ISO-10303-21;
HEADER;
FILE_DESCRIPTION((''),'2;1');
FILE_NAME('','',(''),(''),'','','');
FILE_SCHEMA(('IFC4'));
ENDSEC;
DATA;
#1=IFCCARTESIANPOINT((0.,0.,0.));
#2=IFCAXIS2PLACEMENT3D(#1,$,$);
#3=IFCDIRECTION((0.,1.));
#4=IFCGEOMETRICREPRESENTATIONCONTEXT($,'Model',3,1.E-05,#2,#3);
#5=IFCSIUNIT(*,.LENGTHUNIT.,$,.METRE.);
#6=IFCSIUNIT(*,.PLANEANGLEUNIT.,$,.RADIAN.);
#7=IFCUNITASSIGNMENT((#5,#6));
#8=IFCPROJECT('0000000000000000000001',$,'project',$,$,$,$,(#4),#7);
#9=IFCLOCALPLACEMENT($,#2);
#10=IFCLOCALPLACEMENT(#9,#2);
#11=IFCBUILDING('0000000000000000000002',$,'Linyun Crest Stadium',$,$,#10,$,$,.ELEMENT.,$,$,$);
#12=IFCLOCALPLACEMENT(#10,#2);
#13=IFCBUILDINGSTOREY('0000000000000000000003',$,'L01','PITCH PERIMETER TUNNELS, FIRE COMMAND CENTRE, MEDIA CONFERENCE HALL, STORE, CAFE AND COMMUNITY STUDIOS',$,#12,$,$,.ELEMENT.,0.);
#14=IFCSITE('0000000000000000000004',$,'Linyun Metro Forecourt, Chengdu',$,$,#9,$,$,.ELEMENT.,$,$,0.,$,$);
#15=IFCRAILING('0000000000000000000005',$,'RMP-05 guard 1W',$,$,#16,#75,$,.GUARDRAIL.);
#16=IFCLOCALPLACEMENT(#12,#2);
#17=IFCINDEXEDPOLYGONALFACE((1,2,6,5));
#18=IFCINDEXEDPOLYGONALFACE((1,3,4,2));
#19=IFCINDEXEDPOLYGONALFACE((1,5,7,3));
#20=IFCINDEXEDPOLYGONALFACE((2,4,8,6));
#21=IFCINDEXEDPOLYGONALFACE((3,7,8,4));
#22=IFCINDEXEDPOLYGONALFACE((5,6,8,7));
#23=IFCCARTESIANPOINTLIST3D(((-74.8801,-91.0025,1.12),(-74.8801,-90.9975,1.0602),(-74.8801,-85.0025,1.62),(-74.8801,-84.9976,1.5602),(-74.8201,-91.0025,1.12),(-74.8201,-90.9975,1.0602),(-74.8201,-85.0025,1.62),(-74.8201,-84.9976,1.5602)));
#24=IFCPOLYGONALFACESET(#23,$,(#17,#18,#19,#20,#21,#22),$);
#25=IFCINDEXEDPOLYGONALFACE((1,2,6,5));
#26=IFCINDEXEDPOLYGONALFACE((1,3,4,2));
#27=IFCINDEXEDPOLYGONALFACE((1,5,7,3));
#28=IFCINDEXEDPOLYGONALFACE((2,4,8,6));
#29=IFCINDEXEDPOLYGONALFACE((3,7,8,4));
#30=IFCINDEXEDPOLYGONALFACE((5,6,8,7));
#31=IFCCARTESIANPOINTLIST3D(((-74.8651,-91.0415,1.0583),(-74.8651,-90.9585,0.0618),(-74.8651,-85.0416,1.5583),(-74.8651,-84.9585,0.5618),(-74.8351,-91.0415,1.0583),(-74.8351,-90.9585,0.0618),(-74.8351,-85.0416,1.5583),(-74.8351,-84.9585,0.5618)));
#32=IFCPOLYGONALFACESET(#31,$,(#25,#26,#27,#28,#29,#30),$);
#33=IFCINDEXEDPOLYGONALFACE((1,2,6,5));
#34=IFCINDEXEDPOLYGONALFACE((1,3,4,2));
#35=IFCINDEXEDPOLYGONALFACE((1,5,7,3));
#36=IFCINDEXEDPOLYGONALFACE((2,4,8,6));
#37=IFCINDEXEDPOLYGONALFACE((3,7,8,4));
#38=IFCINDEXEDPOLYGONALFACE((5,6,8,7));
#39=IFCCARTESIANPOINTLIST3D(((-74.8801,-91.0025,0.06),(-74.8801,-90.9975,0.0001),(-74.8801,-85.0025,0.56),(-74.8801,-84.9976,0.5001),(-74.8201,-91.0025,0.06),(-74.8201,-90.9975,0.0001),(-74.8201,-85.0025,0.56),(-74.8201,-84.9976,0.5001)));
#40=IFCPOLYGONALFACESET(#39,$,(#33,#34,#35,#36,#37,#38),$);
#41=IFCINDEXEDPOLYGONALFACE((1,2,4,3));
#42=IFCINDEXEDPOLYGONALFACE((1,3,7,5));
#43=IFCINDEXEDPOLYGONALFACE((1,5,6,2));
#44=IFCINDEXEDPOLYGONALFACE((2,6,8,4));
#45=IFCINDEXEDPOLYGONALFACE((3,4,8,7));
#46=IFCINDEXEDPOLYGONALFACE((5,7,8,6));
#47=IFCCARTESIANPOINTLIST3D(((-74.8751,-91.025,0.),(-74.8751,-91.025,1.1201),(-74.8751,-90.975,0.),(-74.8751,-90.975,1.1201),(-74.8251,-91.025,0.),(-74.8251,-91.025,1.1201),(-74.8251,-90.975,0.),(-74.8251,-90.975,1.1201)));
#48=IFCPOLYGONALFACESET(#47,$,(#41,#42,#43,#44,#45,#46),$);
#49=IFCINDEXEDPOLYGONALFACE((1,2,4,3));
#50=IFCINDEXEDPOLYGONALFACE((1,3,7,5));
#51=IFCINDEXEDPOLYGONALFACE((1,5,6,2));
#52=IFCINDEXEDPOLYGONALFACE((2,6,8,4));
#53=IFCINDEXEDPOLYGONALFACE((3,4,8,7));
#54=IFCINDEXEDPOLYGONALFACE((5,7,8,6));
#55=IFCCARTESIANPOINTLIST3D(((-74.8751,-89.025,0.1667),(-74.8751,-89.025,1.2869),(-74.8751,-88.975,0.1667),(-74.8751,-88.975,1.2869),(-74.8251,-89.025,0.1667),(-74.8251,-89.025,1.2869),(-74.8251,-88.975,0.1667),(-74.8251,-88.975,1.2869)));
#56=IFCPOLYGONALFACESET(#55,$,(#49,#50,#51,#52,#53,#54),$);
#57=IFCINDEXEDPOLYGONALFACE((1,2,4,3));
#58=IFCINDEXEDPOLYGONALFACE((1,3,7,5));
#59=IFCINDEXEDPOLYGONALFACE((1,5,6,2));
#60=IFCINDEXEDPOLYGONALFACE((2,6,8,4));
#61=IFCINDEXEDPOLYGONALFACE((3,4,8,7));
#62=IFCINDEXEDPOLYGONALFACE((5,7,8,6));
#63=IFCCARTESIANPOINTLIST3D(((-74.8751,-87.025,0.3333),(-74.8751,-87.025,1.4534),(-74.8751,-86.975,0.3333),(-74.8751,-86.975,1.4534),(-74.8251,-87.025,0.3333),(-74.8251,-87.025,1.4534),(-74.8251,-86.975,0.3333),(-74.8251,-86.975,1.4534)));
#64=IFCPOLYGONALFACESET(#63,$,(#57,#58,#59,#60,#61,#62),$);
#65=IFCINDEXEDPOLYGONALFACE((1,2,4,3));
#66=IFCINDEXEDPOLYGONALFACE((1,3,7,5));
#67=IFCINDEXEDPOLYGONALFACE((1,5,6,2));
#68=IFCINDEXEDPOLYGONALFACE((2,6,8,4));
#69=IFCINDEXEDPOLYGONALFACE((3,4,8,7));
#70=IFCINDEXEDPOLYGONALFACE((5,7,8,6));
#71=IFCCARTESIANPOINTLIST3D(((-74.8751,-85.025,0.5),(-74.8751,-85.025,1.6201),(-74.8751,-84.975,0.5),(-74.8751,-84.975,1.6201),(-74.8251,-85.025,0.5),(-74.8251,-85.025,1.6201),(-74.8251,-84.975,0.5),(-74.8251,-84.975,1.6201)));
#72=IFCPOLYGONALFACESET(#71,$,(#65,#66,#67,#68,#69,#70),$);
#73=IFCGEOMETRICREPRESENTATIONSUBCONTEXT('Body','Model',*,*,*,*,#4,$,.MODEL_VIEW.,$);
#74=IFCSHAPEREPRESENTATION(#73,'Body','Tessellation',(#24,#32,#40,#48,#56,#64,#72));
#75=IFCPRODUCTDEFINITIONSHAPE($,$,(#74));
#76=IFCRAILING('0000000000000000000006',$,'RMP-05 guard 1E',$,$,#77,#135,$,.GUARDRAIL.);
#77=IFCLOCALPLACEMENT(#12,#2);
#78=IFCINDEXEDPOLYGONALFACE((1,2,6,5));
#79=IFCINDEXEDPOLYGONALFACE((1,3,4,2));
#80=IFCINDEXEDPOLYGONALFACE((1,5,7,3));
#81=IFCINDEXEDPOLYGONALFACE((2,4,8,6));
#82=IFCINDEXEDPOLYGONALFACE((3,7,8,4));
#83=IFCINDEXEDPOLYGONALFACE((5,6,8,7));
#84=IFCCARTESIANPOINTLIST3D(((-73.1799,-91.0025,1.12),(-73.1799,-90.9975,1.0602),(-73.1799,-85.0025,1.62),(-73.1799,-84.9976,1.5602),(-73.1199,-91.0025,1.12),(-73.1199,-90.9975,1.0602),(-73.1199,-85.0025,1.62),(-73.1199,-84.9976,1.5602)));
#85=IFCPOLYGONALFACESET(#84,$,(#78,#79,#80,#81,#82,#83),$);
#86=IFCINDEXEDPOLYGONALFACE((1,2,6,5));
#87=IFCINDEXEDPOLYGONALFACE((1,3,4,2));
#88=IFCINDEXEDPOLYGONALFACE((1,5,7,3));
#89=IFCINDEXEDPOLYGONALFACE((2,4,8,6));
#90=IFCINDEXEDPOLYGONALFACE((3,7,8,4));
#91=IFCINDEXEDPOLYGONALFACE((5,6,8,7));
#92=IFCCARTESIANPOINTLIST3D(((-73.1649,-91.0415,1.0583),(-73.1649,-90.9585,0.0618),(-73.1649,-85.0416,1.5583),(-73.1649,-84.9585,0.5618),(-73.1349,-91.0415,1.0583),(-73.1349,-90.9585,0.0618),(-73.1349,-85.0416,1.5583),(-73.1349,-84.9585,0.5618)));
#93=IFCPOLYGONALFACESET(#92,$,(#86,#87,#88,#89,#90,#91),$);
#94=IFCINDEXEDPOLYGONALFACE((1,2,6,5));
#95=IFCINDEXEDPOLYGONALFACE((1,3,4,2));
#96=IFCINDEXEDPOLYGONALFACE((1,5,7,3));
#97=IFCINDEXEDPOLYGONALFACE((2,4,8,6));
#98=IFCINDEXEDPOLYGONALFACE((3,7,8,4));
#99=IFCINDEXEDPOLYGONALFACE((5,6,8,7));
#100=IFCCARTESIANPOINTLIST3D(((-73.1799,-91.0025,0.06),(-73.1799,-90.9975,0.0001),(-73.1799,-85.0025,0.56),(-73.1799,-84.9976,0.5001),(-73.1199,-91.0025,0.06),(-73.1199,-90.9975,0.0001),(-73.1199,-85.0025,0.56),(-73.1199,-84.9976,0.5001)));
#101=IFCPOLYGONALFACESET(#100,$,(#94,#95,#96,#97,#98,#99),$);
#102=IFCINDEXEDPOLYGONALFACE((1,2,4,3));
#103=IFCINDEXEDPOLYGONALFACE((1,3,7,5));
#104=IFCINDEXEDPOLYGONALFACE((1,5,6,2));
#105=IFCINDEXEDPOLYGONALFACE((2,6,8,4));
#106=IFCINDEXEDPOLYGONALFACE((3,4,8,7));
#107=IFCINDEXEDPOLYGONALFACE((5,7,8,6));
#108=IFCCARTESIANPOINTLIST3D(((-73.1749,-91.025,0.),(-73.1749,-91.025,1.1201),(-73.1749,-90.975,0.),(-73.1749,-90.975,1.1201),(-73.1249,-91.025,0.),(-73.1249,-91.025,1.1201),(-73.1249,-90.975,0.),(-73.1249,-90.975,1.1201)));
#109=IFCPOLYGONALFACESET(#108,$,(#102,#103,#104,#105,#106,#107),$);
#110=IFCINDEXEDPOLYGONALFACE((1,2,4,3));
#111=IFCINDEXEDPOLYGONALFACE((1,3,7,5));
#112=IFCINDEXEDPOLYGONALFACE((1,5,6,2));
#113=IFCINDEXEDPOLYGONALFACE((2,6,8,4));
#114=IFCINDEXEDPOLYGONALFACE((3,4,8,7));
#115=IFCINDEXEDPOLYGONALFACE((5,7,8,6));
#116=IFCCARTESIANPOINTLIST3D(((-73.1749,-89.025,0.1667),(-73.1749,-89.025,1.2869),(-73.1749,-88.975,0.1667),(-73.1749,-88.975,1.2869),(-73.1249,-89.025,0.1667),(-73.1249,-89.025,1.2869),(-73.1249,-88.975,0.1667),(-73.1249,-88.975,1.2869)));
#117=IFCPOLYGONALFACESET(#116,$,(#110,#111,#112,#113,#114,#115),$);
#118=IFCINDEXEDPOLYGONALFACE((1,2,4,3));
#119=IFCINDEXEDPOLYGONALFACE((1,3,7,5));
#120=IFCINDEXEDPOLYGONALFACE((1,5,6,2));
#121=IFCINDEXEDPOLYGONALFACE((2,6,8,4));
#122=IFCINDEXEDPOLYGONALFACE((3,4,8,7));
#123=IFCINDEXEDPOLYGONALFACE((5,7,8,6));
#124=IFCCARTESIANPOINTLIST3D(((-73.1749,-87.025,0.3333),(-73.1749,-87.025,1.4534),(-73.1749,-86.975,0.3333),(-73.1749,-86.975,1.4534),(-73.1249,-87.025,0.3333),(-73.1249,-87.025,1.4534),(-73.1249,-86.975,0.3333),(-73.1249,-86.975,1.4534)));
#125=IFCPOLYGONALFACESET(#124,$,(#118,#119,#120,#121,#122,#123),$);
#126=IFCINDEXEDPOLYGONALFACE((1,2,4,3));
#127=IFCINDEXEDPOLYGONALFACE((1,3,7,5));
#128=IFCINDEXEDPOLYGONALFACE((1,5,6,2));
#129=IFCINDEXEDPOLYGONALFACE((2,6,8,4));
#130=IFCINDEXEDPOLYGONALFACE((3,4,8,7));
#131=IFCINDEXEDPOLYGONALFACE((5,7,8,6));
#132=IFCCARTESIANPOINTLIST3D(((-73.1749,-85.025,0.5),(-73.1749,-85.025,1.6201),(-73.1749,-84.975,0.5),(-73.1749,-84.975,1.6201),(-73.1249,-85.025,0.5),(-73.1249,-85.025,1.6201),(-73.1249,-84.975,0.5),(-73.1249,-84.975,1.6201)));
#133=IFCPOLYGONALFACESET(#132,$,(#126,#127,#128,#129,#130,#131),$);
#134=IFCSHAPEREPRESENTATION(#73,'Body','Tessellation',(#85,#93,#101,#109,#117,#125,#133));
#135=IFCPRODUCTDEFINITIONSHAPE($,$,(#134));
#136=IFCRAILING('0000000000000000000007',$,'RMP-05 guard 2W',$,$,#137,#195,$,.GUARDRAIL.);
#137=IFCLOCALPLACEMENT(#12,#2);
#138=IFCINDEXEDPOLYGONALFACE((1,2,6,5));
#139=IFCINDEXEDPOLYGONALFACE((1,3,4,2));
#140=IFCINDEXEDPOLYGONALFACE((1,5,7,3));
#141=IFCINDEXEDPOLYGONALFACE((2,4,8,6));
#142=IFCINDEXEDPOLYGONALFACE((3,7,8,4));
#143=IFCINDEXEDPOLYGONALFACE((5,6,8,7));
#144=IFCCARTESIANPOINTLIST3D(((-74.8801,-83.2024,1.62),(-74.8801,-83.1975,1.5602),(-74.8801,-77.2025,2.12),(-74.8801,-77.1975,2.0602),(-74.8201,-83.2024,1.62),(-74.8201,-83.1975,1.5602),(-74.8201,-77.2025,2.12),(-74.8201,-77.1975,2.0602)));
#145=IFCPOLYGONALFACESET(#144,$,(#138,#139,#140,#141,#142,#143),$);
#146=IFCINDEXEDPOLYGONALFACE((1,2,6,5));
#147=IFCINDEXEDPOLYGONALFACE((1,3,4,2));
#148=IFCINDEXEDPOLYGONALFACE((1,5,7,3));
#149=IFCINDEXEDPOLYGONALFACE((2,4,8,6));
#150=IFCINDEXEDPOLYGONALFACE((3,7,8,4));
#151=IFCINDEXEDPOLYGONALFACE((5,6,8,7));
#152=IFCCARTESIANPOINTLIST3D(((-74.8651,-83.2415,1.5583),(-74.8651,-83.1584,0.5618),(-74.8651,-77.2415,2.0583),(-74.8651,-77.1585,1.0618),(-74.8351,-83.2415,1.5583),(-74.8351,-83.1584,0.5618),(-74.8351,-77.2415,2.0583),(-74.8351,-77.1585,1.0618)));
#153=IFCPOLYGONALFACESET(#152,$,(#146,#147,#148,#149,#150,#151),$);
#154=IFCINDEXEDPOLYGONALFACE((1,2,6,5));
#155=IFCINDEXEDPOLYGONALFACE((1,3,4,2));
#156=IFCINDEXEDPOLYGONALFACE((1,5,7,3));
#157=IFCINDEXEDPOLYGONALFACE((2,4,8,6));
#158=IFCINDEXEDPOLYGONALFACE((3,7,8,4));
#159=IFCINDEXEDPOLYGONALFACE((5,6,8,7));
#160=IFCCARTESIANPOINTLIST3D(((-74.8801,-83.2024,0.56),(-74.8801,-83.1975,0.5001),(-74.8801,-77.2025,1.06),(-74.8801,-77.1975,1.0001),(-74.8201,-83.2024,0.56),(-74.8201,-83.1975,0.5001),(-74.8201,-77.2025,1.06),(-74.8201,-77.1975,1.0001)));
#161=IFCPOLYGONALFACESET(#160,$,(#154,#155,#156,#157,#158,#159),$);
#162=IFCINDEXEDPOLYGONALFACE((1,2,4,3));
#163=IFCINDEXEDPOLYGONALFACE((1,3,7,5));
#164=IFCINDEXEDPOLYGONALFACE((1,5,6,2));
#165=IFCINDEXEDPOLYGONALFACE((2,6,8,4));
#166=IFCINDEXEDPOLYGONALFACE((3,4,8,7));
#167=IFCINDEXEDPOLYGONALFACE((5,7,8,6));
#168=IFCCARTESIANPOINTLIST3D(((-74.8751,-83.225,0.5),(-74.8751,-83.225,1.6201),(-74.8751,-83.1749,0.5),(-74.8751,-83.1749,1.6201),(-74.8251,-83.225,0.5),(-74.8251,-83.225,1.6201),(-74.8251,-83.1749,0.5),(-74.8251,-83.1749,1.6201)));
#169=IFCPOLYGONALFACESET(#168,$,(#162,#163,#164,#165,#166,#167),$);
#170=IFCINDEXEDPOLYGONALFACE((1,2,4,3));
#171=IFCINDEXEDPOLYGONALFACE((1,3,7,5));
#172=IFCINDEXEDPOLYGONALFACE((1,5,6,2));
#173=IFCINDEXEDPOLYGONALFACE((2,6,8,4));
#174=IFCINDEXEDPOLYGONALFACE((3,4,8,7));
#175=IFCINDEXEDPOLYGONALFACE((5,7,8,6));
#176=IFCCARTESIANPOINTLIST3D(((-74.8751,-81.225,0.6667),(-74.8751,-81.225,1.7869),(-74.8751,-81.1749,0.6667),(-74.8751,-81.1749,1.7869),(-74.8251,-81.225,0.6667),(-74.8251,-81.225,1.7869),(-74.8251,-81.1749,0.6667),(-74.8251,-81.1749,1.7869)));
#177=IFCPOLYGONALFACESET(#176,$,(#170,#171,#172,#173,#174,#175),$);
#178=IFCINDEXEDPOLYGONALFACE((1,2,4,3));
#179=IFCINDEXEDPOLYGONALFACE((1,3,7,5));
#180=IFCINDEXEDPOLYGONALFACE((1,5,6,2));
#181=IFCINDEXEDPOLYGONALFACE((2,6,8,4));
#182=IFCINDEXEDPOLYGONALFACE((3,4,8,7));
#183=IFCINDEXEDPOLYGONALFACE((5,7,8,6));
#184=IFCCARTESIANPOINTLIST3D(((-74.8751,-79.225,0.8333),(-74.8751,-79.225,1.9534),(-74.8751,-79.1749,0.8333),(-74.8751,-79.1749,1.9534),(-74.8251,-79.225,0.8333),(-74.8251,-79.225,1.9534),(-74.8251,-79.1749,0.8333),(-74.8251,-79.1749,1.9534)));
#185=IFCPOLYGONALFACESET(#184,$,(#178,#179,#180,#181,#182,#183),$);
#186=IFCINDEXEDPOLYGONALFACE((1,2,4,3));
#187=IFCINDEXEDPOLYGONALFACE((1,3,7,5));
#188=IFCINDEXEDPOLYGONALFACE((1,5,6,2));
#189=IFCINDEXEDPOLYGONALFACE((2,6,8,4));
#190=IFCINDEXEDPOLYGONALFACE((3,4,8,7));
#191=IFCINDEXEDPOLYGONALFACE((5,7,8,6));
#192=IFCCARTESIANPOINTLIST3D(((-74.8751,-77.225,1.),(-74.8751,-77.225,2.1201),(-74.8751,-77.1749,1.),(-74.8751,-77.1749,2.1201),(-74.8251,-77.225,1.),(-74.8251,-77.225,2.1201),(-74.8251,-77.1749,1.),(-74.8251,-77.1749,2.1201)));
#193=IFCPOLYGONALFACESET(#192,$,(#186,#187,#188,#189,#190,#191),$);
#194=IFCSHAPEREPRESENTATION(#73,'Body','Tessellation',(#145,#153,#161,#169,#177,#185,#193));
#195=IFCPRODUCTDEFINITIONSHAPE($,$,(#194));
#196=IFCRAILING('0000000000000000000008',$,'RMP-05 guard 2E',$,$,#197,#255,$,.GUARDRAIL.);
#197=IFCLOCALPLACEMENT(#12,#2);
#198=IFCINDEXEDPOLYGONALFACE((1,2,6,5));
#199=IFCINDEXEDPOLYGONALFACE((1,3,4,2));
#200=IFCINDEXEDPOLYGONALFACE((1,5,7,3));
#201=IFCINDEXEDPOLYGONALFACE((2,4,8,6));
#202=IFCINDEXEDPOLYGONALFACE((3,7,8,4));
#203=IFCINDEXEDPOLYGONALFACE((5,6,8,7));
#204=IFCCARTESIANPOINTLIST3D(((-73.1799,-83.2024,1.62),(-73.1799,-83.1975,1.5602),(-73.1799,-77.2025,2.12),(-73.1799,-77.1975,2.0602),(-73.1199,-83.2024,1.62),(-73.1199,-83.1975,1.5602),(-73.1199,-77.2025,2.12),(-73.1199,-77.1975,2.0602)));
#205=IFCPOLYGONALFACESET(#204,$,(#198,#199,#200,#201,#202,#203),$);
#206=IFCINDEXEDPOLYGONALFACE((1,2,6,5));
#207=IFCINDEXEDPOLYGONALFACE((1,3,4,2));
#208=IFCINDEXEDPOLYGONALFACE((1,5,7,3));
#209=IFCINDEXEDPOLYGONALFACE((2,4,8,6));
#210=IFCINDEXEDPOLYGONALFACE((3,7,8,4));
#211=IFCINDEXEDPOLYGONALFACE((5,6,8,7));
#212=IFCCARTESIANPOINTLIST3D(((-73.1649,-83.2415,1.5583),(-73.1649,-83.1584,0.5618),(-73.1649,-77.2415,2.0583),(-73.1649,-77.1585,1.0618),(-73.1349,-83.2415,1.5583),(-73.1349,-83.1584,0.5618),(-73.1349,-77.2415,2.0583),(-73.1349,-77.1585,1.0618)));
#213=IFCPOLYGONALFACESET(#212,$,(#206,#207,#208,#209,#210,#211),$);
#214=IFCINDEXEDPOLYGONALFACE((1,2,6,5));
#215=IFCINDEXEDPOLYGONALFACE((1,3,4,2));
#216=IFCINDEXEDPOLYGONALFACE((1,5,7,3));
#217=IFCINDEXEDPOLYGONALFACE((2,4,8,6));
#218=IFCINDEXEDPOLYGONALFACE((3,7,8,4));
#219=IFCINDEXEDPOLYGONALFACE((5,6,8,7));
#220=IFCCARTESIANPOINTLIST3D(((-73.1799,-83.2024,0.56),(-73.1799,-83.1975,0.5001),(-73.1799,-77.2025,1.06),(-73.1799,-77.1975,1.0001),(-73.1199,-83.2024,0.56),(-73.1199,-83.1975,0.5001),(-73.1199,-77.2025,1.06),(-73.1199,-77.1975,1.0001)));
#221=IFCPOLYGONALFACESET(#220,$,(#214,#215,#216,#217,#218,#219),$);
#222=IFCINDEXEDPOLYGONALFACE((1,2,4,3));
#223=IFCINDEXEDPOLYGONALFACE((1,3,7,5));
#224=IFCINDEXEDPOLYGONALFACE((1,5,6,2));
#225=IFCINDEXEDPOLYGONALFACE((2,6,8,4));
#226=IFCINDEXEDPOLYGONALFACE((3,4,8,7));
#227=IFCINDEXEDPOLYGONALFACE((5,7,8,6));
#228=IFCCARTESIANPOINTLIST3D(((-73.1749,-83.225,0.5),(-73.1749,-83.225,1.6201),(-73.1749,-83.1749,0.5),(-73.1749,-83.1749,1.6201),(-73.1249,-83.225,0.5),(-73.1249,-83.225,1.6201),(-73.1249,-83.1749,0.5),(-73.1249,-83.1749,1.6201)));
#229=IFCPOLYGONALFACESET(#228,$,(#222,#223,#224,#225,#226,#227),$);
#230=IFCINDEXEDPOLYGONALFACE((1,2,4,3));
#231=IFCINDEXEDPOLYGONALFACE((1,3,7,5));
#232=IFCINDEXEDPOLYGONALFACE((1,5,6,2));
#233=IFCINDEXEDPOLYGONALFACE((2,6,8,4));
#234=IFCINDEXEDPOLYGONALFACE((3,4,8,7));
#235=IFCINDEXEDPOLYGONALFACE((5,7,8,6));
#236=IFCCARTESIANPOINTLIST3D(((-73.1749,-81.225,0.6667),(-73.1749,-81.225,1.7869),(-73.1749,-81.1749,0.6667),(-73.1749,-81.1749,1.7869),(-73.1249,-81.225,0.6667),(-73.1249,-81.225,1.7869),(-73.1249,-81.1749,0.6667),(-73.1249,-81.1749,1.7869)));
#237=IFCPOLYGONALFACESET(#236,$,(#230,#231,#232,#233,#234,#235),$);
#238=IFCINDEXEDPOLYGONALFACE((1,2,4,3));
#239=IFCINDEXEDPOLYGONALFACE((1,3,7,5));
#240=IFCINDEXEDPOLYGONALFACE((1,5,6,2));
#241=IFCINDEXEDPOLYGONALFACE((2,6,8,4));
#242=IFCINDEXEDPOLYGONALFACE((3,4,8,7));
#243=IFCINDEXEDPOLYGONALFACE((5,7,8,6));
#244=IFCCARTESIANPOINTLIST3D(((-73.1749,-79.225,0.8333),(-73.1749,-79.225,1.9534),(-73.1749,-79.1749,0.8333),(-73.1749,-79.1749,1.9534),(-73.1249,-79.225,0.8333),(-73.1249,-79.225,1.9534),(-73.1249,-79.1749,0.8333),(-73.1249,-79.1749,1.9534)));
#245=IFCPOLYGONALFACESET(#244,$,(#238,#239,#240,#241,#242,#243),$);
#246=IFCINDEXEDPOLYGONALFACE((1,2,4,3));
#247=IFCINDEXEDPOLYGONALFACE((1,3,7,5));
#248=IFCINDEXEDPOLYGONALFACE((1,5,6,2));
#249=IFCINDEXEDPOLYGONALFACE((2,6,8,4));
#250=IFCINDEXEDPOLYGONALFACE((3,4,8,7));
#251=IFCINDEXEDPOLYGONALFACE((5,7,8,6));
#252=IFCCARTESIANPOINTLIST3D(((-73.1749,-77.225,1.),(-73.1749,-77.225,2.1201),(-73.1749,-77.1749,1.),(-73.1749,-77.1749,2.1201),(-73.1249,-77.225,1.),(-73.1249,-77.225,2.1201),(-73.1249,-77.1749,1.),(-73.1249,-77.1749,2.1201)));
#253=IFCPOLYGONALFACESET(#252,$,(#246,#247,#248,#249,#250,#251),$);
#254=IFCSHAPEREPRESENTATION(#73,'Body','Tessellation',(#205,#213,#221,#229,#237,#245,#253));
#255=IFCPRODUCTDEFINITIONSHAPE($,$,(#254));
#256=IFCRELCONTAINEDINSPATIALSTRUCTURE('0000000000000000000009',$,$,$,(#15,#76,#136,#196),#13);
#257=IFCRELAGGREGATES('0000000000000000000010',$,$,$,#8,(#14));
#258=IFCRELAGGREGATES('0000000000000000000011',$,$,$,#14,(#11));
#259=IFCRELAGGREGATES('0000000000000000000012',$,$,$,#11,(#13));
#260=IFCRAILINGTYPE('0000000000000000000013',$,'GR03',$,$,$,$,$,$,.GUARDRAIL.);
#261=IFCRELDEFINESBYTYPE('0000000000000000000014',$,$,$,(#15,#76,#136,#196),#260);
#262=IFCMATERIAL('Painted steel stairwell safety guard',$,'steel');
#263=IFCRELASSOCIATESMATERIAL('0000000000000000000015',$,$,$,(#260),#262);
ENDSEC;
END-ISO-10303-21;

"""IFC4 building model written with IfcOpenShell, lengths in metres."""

from ifc_helpers import new_model, si_unit, direction, frame, origin, origin_2d, place, context, subcontext, project, spatial, rectangle, extrude, material, type_object, element, save


model = new_model("IFC4")

# Units and contexts
model_context = context("Model", 3, precision=1e-05, world=origin(), true_north=direction((0.0, 1.0)))
body_context = subcontext(model_context, "Body", "Model", "MODEL_VIEW")
ifc_project = project(units=[si_unit("LENGTHUNIT", "METRE"), si_unit("PLANEANGLEUNIT", "RADIAN")], contexts=[model_context])

# Site, building, storey
site_placement = place(None, origin())
site = spatial("IfcSite", under=ifc_project, at=site_placement, Name="Linyun Metro Forecourt, Chengdu", CompositionType="ELEMENT", RefElevation=0.0)
building_placement = place(site_placement, origin())
building = spatial("IfcBuilding", under=site, at=building_placement, Name="Linyun Crest Stadium", CompositionType="ELEMENT")
storey_placement = place(building_placement, origin())
storey = spatial("IfcBuildingStorey", under=building, at=storey_placement, Name="L01", Description="PITCH PERIMETER TUNNELS, FIRE COMMAND CENTRE, MEDIA CONFERENCE HALL, STORE, CAFE AND COMMUNITY STUDIOS", CompositionType="ELEMENT", Elevation=0.0)

# Railings
ifc_material_1 = material(Name="Painted steel stairwell safety guard", Category="steel")
railing_type_1 = type_object("IfcRailingType", Name="GR03", PredefinedType="GUARDRAIL", material=ifc_material_1)
for number, where, name in (
    (1, (-74.8501, -91.0, 0.0), "RMP-05 guard 1W"),
    (2, (-73.1499, -91.0, 0.0), "RMP-05 guard 1E"),
    (3, (-74.8501, -83.2, 0.5), "RMP-05 guard 2W"),
    (4, (-73.1499, -83.2, 0.5), "RMP-05 guard 2E"),
):
    element("IfcRailing", number, at=place(storey_placement, frame(where)), inside=storey, type_object=railing_type_1, Name=name, PredefinedType="GUARDRAIL", context=body_context, shape_type="SweptSolid", body=[
        extrude(rectangle(XDim=0.0601, YDim=0.0601, at=origin_2d()), frame((0.0, 0.0, 1.0901), z_axis=(0.0, 0.996546, 0.083045), x_axis=(-1.0, 0.0, 0.0)), (0.0, 0.0, 1.0), 6.0208),
        extrude(rectangle(XDim=0.03, YDim=1.0, at=origin_2d()), frame((0.0, 0.0, 0.5601), z_axis=(0.0, 0.996546, 0.083045), x_axis=(-1.0, 0.0, 0.0)), (0.0, 0.0, 1.0), 6.0208),
        extrude(rectangle(XDim=0.0601, YDim=0.0601, at=origin_2d()), frame((0.0, 0.0, 0.03), z_axis=(0.0, 0.996546, 0.083045), x_axis=(-1.0, 0.0, 0.0)), (0.0, 0.0, 1.0), 6.0208),
        extrude(rectangle(XDim=0.05, YDim=0.05, at=origin_2d()), origin(), (0.0, 0.0, 1.0), 1.1201),
        extrude(rectangle(XDim=0.05, YDim=0.05, at=origin_2d()), frame((0.0, 2.0, 0.1667)), (0.0, 0.0, 1.0), 1.1201),
        extrude(rectangle(XDim=0.05, YDim=0.05, at=origin_2d()), frame((0.0, 4.0, 0.3333)), (0.0, 0.0, 1.0), 1.1201),
        extrude(rectangle(XDim=0.05, YDim=0.05, at=origin_2d()), frame((0.0, 6.0, 0.5)), (0.0, 0.0, 1.0), 1.1201),
    ])

save(model, "model.ifc")
